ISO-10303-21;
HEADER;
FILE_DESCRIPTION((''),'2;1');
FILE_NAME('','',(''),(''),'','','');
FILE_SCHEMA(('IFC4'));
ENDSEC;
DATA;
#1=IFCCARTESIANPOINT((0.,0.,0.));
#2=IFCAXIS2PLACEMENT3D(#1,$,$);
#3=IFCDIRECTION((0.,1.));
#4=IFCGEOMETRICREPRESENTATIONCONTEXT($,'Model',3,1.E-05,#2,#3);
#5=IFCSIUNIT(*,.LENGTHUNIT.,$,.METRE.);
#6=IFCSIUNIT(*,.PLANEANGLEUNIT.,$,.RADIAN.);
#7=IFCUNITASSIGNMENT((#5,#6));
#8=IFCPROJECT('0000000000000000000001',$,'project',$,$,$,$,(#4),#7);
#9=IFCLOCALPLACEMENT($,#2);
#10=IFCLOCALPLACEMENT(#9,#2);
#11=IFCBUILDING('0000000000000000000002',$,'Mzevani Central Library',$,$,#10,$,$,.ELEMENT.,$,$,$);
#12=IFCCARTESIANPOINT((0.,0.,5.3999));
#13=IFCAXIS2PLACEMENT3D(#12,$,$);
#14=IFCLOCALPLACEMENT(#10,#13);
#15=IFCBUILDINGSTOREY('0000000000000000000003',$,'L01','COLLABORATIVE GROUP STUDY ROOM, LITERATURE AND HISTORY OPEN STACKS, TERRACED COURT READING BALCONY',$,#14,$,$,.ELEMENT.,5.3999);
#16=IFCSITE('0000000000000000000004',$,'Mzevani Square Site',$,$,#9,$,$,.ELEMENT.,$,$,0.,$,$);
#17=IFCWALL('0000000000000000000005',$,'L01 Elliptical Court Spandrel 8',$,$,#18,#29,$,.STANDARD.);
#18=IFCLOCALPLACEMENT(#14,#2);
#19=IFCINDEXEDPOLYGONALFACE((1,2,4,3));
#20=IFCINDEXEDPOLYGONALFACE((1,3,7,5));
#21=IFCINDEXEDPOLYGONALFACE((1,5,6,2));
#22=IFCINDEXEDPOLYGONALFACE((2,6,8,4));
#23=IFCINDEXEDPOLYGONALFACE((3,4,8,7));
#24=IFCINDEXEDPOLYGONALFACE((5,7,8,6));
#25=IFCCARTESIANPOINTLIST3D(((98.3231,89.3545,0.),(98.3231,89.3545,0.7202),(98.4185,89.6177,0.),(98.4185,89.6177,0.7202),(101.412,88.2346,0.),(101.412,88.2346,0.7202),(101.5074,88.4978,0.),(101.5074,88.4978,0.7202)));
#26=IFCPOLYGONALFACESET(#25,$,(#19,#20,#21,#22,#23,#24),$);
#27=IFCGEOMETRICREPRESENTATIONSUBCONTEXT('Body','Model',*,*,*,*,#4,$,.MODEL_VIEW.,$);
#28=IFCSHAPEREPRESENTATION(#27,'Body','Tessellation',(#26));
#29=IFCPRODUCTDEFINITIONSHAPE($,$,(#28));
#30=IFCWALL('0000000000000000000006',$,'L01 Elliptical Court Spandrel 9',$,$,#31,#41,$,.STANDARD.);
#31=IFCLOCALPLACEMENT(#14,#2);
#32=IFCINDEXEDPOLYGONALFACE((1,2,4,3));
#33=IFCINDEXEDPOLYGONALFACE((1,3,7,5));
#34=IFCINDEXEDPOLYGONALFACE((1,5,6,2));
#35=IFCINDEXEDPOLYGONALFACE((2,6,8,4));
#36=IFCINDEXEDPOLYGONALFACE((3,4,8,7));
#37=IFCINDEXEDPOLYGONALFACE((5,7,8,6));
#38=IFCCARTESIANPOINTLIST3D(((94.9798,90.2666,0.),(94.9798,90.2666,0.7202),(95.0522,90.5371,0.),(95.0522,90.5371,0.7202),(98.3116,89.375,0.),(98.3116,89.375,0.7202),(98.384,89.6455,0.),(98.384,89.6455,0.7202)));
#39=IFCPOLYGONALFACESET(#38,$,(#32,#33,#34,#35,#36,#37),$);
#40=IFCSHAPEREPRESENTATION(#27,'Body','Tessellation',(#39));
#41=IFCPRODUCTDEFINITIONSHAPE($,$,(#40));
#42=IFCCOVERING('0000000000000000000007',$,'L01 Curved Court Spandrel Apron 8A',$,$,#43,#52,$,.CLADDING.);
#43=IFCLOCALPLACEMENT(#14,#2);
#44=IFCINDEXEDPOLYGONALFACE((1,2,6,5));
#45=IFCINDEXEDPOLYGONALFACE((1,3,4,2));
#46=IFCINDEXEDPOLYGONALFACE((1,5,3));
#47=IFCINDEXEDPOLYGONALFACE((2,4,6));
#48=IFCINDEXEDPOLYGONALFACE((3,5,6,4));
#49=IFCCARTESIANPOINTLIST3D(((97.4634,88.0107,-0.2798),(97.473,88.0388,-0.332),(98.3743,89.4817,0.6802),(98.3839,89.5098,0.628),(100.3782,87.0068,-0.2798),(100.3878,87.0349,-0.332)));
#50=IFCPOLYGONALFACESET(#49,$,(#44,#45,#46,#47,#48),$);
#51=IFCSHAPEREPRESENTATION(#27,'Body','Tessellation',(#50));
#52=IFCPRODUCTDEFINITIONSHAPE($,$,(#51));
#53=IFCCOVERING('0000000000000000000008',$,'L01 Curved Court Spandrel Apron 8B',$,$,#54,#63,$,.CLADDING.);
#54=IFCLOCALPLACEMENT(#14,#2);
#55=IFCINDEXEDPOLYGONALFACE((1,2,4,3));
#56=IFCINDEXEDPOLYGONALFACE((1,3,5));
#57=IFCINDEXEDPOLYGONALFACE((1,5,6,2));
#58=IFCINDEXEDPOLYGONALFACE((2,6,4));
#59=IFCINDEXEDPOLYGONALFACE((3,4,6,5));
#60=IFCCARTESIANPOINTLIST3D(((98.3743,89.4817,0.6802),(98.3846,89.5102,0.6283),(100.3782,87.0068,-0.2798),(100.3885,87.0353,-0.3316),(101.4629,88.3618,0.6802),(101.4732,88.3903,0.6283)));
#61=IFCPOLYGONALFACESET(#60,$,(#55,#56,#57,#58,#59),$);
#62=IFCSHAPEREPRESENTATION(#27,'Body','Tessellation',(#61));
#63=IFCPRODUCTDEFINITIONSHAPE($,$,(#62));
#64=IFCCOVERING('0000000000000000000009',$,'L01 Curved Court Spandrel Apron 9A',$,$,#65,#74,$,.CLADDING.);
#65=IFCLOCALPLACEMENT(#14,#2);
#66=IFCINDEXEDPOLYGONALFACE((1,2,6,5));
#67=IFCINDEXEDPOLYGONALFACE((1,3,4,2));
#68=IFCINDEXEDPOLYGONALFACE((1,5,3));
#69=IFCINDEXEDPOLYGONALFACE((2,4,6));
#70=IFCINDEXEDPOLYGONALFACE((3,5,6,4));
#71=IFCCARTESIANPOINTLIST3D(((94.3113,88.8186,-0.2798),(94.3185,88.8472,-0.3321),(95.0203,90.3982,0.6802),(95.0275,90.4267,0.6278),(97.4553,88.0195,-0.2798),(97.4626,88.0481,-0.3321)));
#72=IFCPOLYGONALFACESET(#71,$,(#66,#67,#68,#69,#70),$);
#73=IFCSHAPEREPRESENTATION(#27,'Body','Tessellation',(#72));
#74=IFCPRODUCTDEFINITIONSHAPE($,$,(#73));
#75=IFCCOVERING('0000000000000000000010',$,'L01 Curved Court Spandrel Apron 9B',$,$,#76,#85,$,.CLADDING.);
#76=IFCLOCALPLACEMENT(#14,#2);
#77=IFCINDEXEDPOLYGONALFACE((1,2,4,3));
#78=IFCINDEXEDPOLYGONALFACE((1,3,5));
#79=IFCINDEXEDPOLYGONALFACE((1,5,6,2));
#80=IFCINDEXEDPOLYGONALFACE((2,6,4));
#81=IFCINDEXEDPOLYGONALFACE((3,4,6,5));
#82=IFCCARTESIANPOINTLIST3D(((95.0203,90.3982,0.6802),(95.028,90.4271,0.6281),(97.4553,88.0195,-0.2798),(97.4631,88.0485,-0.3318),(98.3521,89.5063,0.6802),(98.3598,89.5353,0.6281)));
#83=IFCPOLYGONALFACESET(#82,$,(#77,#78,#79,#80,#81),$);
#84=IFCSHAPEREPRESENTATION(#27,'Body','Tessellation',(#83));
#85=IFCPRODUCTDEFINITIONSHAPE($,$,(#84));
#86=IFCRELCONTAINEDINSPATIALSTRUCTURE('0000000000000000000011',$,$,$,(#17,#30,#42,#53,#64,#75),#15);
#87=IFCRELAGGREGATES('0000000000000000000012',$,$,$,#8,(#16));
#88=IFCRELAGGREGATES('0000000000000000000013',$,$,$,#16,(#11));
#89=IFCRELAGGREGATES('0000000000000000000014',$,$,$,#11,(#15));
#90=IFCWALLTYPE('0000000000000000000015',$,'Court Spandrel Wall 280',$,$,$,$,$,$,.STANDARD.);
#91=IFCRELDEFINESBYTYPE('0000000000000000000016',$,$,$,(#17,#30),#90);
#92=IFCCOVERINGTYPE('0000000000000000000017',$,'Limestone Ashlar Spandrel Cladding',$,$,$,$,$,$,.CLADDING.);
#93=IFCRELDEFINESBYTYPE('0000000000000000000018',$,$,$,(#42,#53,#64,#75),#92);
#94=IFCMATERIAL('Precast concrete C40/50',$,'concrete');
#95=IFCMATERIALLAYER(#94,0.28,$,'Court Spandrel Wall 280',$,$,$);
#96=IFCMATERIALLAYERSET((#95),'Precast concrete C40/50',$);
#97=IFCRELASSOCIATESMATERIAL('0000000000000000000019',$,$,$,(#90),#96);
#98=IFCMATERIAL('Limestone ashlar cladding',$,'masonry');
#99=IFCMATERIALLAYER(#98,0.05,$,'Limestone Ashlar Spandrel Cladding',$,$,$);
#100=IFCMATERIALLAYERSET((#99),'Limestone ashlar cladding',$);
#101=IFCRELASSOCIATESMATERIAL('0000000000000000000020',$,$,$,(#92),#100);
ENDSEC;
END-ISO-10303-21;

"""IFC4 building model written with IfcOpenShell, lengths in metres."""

from ifc_helpers import new_model, si_unit, direction, frame, frame_2d, origin, place, context, subcontext, project, spatial, polyline, rectangle, outline, extrude, material, layer, layer_set, type_object, element, save


model = new_model("IFC4")

# Units and contexts
model_context = context("Model", 3, precision=1e-05, world=origin(), true_north=direction((0.0, 1.0)))
body_context = subcontext(model_context, "Body", "Model", "MODEL_VIEW")
ifc_project = project(units=[si_unit("LENGTHUNIT", "METRE"), si_unit("PLANEANGLEUNIT", "RADIAN")], contexts=[model_context])

# Site, building, storey
site_placement = place(None, origin())
site = spatial("IfcSite", under=ifc_project, at=site_placement, Name="Mzevani Square Site", CompositionType="ELEMENT", RefElevation=0.0)
building_placement = place(site_placement, origin())
building = spatial("IfcBuilding", under=site, at=building_placement, Name="Mzevani Central Library", CompositionType="ELEMENT")
storey_placement = place(building_placement, frame((0.0, 0.0, 5.3999)))
storey = spatial("IfcBuildingStorey", under=building, at=storey_placement, Name="L01", Description="COLLABORATIVE GROUP STUDY ROOM, LITERATURE AND HISTORY OPEN STACKS, TERRACED COURT READING BALCONY", CompositionType="ELEMENT", Elevation=5.3999)

# Walls
ifc_material_1 = material(Name="Precast concrete C40/50", Category="concrete")
ifc_layer_1 = layer(ifc_material_1, 0.28, Name="Court Spandrel Wall 280")
ifc_layer_set_1 = layer_set([ifc_layer_1], Name="Precast concrete C40/50")
wall_type = type_object("IfcWallType", Name="Court Spandrel Wall 280", PredefinedType="STANDARD", material=ifc_layer_set_1)
wall_1_placement = place(storey_placement, frame((101.4597, 88.3662, 0.0), z_axis=(0.0, 0.0, 1.0), x_axis=(-0.940121, 0.340842, 0.0)))
element("IfcWall", 1, at=wall_1_placement, inside=storey, type_object=wall_type, Name="L01 Elliptical Court Spandrel 8", PredefinedType="STANDARD", context=body_context, shape_type="SweptSolid", body=[
    extrude(rectangle(XDim=3.2856, YDim=0.28, at=frame_2d((1.6428, 0.0))), origin(), (0.0, 0.0, 1.0), 0.7202),
])
wall_2_placement = place(storey_placement, frame((98.3479, 89.5103, 0.0), z_axis=(0.0, 0.0, 1.0), x_axis=(-0.966009, 0.258508, 0.0)))
element("IfcWall", 2, at=wall_2_placement, inside=storey, type_object=wall_type, Name="L01 Elliptical Court Spandrel 9", PredefinedType="STANDARD", context=body_context, shape_type="SweptSolid", body=[
    extrude(rectangle(XDim=3.449, YDim=0.28, at=frame_2d((1.7246, 0.0))), origin(), (0.0, 0.0, 1.0), 0.7202),
])

# Coverings
ifc_material_2 = material(Name="Limestone ashlar cladding", Category="masonry")
ifc_layer_2 = layer(ifc_material_2, 0.05, Name="Limestone Ashlar Spandrel Cladding")
ifc_layer_set_2 = layer_set([ifc_layer_2], Name="Limestone ashlar cladding")
covering_type = type_object("IfcCoveringType", Name="Limestone Ashlar Spandrel Cladding", PredefinedType="CLADDING", material=ifc_layer_set_2)
covering_1_placement = place(storey_placement, frame((100.3782, 87.0068, -0.2798), z_axis=(-0.161025, -0.467529, 0.869188), x_axis=(-0.945492, 0.325644, 0.0)))
element("IfcCovering", 3, at=covering_1_placement, inside=storey, type_object=covering_type, Name="L01 Curved Court Spandrel Apron 8A", PredefinedType="CLADDING", context=body_context, shape_type="SweptSolid", body=[
    extrude(outline(polyline([(0.0, 0.0), (3.0828, 0.0), (2.7006, -1.9413), (0.0, 0.0)])), origin(), (0.0, 0.0, -1.0), 0.0601),
])
covering_2_placement = place(storey_placement, frame((100.3782, 87.0068, -0.2798), z_axis=(-0.171914, -0.47414, 0.863503), x_axis=(-0.602503, 0.7441, 0.288626)))
element("IfcCovering", 4, at=covering_2_placement, inside=storey, type_object=covering_type, Name="L01 Curved Court Spandrel Apron 8B", PredefinedType="CLADDING", context=body_context, shape_type="SweptSolid", body=[
    extrude(outline(polyline([(0.0, 0.0), (3.326, 0.0), (0.6318, -1.8802), (0.0, 0.0)])), origin(), (0.0, 0.0, -1.0), 0.0601),
])
covering_3_placement = place(storey_placement, frame((97.4553, 88.0195, -0.2798), z_axis=(-0.120819, -0.475375, 0.871448), x_axis=(-0.969188, 0.246323, 0.0)))
element("IfcCovering", 5, at=covering_3_placement, inside=storey, type_object=covering_type, Name="L01 Curved Court Spandrel Apron 9A", PredefinedType="CLADDING", context=body_context, shape_type="SweptSolid", body=[
    extrude(outline(polyline([(0.0, 0.0), (3.244, 0.0), (2.9459, -1.9572), (0.0, 0.0)])), origin(), (0.0, 0.0, -1.0), 0.0601),
])
covering_4_placement = place(storey_placement, frame((97.4553, 88.0195, -0.2798), z_axis=(-0.128972, -0.481817, 0.866729), x_axis=(-0.688489, 0.672543, 0.27142)))
element("IfcCovering", 6, at=covering_4_placement, inside=storey, type_object=covering_type, Name="L01 Curved Court Spandrel Apron 9B", PredefinedType="CLADDING", context=body_context, shape_type="SweptSolid", body=[
    extrude(outline(polyline([(0.0, 0.0), (3.5368, 0.0), (0.6431, -1.8769), (0.0, 0.0)])), origin(), (0.0, 0.0, -1.0), 0.0601),
])

save(model, "model.ifc")
